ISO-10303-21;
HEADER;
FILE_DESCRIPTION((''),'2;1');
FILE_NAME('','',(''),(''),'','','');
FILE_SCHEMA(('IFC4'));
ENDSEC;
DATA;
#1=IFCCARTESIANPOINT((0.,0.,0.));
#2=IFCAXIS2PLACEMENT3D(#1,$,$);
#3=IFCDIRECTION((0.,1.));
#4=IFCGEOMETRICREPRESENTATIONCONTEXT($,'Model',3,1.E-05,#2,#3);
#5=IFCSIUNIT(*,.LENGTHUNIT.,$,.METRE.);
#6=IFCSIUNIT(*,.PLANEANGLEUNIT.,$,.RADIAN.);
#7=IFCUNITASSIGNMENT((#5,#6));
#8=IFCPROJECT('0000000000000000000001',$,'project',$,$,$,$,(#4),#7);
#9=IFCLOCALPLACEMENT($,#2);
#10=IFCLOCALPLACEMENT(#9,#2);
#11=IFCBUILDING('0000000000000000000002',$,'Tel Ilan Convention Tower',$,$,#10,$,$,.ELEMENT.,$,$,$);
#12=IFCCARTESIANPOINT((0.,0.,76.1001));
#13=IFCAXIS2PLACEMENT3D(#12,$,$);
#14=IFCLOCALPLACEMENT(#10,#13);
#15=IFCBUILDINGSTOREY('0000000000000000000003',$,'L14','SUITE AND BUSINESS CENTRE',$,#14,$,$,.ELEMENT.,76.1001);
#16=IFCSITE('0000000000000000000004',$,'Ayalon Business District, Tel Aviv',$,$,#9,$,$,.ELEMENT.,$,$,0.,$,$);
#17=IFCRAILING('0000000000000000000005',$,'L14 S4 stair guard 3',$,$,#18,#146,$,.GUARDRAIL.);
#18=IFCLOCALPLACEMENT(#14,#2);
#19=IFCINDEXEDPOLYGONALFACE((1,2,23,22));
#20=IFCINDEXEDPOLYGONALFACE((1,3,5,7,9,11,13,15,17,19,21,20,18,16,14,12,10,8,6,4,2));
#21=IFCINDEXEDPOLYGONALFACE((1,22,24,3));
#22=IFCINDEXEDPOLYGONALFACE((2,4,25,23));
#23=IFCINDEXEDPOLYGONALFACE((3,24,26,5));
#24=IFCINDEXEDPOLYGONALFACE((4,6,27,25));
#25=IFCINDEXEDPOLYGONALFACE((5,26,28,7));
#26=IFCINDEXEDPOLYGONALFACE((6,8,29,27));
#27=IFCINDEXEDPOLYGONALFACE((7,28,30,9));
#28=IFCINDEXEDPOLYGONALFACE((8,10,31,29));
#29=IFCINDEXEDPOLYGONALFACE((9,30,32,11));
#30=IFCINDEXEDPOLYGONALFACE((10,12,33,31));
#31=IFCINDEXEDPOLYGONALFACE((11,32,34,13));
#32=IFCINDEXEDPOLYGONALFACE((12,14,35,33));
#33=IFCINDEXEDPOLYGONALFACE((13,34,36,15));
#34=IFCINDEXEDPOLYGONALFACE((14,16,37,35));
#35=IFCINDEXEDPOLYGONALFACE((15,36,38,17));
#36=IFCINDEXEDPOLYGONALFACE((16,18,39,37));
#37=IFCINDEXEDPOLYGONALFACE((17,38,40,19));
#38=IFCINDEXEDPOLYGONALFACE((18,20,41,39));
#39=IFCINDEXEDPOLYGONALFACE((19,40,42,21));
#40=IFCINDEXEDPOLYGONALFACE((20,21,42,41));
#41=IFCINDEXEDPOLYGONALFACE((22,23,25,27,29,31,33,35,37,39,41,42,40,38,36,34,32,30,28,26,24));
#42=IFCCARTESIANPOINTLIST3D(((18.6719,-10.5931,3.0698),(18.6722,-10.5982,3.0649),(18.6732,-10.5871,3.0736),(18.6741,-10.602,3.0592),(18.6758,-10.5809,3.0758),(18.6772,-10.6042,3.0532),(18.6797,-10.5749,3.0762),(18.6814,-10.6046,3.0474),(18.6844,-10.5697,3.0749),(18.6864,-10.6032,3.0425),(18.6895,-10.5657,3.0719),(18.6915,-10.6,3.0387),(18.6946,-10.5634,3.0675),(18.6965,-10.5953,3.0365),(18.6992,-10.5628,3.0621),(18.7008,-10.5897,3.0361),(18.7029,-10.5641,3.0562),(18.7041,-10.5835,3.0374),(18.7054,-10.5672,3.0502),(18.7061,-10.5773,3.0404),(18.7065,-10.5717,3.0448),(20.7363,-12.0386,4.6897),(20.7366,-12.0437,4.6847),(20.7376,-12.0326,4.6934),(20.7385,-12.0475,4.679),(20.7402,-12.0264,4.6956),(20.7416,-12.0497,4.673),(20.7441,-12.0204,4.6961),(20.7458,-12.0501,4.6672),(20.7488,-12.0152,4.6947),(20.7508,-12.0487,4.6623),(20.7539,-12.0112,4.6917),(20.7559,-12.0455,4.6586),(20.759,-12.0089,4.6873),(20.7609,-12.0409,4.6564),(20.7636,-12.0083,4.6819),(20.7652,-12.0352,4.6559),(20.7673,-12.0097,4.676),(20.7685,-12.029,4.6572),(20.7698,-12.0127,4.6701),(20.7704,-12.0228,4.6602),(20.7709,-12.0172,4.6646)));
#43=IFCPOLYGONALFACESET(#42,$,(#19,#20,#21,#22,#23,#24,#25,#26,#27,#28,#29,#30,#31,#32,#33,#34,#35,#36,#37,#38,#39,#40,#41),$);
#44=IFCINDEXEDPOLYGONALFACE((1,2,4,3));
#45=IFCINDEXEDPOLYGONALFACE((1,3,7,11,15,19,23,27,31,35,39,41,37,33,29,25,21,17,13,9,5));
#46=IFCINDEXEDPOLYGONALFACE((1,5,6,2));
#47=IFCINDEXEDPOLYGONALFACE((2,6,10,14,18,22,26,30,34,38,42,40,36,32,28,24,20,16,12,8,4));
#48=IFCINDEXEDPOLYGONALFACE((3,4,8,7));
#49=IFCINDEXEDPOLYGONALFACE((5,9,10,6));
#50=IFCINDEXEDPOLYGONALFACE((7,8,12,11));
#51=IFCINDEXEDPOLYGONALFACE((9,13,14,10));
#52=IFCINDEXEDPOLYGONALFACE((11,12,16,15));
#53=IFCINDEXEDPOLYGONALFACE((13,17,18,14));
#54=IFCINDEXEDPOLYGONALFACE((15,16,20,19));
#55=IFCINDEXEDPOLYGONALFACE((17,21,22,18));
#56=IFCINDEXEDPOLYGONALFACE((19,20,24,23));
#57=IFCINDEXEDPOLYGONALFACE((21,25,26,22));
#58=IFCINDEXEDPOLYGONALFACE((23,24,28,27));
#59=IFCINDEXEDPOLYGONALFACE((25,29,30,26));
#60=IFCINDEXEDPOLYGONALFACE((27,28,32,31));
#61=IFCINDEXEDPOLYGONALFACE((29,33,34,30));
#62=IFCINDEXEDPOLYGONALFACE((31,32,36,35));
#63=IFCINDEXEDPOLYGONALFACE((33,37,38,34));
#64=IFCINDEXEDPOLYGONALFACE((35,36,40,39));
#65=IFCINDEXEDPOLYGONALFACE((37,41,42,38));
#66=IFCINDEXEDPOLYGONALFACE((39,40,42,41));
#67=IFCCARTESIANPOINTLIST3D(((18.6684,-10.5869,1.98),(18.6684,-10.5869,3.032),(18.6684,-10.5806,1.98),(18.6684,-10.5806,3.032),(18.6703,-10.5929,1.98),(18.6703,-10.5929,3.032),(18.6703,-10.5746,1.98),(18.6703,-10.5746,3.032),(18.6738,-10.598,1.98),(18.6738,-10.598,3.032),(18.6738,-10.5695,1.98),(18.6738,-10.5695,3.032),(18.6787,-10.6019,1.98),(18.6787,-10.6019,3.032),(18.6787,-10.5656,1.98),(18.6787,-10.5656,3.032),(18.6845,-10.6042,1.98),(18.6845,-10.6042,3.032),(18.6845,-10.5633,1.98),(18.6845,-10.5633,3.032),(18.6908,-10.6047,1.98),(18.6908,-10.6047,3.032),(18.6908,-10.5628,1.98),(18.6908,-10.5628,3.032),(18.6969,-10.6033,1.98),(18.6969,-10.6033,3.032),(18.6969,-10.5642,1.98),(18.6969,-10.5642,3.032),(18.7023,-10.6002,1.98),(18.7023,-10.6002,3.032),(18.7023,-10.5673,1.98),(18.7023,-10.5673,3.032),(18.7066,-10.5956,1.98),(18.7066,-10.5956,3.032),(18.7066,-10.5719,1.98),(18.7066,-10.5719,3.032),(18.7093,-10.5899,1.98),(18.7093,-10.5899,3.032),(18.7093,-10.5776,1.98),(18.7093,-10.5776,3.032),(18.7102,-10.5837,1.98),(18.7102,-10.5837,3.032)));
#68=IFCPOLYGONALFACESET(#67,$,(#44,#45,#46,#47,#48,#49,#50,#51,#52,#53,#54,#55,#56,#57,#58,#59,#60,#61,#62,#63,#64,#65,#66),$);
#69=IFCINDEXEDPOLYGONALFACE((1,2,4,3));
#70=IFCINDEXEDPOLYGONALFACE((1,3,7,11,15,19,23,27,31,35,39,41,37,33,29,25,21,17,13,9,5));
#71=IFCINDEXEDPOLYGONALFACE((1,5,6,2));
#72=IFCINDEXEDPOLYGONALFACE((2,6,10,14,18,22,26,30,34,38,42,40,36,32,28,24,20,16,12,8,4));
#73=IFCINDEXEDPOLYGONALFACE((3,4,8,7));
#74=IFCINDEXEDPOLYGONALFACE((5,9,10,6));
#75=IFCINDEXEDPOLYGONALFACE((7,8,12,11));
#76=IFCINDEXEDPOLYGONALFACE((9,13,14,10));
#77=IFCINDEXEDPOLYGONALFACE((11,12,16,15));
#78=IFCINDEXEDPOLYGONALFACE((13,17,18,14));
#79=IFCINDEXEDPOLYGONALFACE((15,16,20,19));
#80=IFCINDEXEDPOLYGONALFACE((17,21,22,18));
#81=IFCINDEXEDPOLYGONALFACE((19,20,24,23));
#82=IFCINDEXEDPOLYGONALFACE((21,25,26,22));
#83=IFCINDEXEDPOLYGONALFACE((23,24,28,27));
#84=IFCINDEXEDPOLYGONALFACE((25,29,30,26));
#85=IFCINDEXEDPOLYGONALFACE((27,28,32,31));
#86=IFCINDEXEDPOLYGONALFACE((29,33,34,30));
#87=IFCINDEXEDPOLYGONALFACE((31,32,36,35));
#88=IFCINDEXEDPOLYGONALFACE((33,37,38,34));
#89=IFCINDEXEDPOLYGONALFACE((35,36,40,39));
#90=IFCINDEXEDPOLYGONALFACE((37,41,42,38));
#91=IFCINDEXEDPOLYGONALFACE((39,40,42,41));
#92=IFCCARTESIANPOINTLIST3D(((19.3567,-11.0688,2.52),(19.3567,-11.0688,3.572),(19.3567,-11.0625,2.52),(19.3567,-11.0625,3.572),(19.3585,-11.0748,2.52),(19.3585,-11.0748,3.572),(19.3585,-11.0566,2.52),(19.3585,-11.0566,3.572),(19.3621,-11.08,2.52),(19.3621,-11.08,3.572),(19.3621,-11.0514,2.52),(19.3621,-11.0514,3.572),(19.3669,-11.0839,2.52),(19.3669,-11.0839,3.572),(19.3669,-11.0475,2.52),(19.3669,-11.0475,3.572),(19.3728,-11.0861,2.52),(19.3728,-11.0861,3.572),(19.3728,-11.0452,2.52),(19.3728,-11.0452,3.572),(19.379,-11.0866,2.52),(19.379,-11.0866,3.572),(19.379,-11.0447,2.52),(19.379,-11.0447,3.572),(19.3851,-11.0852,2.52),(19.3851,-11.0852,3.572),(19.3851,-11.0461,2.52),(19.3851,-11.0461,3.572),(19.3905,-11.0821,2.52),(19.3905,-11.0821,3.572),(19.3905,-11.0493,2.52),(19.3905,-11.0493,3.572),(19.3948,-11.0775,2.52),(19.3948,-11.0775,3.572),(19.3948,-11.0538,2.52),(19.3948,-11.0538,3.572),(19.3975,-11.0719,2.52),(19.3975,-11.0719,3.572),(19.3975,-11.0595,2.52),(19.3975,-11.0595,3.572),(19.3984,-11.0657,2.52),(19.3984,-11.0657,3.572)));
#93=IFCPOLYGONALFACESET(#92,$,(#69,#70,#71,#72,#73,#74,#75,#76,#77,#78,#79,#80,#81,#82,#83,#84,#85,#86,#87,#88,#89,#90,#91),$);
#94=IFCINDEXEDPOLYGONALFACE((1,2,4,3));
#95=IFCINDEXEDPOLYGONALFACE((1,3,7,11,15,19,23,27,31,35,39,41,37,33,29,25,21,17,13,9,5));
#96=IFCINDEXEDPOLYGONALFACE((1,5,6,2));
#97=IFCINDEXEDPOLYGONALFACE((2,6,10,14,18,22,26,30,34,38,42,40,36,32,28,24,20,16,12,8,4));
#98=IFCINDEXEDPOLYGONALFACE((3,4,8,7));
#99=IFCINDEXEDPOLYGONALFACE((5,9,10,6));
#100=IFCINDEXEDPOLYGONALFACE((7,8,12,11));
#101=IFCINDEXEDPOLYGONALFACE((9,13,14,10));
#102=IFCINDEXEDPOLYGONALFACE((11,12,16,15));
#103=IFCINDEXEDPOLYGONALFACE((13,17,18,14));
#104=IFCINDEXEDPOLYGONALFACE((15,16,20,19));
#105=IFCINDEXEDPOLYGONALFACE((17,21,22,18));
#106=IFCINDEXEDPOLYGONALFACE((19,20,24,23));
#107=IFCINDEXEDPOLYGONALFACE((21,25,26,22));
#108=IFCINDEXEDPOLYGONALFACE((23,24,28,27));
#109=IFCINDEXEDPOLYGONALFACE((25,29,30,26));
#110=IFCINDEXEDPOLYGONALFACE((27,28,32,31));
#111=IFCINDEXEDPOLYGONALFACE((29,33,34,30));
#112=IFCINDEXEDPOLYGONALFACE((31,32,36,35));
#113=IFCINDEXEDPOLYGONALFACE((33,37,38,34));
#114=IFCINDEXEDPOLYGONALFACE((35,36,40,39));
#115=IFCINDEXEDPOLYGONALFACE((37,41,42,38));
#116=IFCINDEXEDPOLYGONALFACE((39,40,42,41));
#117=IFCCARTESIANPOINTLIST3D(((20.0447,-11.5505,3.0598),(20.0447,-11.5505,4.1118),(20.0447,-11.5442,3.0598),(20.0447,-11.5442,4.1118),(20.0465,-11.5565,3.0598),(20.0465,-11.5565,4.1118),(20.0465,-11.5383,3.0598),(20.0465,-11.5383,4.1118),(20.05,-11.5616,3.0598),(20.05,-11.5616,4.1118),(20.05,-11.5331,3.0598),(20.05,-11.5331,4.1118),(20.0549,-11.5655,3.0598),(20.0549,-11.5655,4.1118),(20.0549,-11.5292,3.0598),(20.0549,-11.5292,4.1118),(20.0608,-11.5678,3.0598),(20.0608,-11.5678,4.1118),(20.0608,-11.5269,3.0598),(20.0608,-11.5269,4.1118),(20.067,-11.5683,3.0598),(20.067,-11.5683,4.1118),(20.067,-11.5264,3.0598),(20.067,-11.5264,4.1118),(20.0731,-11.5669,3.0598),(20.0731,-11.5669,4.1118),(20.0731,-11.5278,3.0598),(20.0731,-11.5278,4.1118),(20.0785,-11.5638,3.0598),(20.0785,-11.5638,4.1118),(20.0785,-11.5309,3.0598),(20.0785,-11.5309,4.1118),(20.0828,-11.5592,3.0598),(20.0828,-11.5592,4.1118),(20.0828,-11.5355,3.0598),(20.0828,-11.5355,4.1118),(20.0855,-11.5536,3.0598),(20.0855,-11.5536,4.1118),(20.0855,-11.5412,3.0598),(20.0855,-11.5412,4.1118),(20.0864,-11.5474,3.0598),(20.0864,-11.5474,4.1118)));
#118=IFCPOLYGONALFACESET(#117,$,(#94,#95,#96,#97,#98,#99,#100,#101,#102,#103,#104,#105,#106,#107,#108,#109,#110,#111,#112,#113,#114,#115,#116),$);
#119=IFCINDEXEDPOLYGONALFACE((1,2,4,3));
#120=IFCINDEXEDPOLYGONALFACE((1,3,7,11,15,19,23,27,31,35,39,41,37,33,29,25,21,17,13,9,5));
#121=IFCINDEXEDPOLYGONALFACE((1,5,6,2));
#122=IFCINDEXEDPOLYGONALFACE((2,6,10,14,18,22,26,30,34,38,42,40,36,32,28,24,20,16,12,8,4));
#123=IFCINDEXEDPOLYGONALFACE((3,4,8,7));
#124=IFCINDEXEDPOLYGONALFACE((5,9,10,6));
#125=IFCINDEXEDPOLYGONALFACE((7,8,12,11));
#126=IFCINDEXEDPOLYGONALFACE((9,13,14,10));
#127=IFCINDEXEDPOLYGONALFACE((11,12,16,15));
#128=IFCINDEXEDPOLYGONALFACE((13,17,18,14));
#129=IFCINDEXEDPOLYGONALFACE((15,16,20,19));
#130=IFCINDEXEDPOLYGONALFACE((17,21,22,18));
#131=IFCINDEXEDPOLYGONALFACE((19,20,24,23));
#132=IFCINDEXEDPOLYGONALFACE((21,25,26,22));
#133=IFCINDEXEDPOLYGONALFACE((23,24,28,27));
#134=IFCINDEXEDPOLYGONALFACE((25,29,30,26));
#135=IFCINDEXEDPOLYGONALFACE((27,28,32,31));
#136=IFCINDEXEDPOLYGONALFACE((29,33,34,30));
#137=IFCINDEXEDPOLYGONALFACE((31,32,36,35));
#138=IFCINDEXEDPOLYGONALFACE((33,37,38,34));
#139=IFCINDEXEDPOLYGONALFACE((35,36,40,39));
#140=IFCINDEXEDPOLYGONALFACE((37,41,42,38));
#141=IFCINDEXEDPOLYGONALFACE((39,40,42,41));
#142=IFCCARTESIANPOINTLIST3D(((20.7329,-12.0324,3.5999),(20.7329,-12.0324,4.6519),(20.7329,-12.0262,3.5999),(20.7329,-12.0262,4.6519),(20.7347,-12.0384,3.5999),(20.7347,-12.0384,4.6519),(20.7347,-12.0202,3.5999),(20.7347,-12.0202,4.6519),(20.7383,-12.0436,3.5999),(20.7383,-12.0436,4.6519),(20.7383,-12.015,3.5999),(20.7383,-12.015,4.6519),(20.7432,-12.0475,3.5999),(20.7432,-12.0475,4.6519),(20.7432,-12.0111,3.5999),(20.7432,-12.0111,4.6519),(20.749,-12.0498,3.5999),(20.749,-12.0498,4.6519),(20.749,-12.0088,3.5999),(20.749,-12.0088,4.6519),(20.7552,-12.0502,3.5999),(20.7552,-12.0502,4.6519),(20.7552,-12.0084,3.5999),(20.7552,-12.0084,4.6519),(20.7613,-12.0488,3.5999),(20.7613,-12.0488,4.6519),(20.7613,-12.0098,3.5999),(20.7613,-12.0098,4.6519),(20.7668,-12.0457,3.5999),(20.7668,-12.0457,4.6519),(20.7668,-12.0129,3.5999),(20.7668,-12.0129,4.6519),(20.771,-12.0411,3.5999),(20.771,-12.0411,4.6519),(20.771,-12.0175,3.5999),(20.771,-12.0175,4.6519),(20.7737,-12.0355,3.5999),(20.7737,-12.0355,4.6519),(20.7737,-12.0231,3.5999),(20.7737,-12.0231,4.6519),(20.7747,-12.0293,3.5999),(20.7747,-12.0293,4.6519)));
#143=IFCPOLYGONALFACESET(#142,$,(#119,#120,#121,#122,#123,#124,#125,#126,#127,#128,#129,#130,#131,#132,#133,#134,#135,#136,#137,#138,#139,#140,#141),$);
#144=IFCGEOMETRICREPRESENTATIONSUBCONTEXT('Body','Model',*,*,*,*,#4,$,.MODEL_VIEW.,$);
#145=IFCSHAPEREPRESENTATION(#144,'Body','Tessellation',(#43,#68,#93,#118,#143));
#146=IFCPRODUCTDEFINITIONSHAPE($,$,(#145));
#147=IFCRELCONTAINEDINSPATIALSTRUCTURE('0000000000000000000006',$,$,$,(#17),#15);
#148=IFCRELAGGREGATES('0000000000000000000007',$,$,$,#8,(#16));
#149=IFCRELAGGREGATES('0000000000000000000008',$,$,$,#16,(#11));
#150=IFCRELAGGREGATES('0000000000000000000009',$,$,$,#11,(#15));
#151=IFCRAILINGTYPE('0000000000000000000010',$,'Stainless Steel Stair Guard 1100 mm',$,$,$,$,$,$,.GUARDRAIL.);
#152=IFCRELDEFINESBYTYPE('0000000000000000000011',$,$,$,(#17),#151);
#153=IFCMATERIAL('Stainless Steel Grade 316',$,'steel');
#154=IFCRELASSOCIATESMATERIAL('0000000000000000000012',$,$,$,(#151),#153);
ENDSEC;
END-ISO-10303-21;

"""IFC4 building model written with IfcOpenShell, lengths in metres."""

from ifc_helpers import new_model, si_unit, direction, frame, origin, origin_2d, place, context, subcontext, project, spatial, circle, extrude, material, type_object, element, save


model = new_model("IFC4")

# Units and contexts
model_context = context("Model", 3, precision=1e-05, world=origin(), true_north=direction((0.0, 1.0)))
body_context = subcontext(model_context, "Body", "Model", "MODEL_VIEW")
ifc_project = project(units=[si_unit("LENGTHUNIT", "METRE"), si_unit("PLANEANGLEUNIT", "RADIAN")], contexts=[model_context])

# Site, building, storey
site_placement = place(None, origin())
site = spatial("IfcSite", under=ifc_project, at=site_placement, Name="Ayalon Business District, Tel Aviv", CompositionType="ELEMENT", RefElevation=0.0)
building_placement = place(site_placement, origin())
building = spatial("IfcBuilding", under=site, at=building_placement, Name="Tel Ilan Convention Tower", CompositionType="ELEMENT")
storey_placement = place(building_placement, frame((0.0, 0.0, 76.1001)))
storey = spatial("IfcBuildingStorey", under=building, at=storey_placement, Name="L14", Description="SUITE AND BUSINESS CENTRE", CompositionType="ELEMENT", Elevation=76.1001)

# Railing
ifc_material_1 = material(Name="Stainless Steel Grade 316", Category="steel")
railing_type_1 = type_object("IfcRailingType", Name="Stainless Steel Stair Guard 1100 mm", PredefinedType="GUARDRAIL", material=ifc_material_1)
railing_1_placement = place(storey_placement, frame((18.6892, -10.5837, 1.98)))
element("IfcRailing", 1, at=railing_1_placement, inside=storey, type_object=railing_type_1, Name="L14 S4 stair guard 3", PredefinedType="GUARDRAIL", context=body_context, shape_type="SweptSolid", body=[
    extrude(circle(Radius=0.0239, at=origin_2d()), frame((0.0, 0.0, 1.0762), z_axis=(0.689086, -0.482507, 0.540691), x_axis=(0.573579, 0.81915, 0.0)), (0.0, 0.0, 1.0), 2.9958),
    extrude(circle(Radius=0.021, at=origin_2d()), origin(), (0.0, 0.0, 1.0), 1.052),
    extrude(circle(Radius=0.021, at=origin_2d()), frame((0.6882, -0.4819, 0.54)), (0.0, 0.0, 1.0), 1.052),
    extrude(circle(Radius=0.021, at=origin_2d()), frame((1.3762, -0.9636, 1.0798)), (0.0, 0.0, 1.0), 1.052),
    extrude(circle(Radius=0.021, at=origin_2d()), frame((2.0645, -1.4456, 1.6199)), (0.0, 0.0, 1.0), 1.052),
])

save(model, "model.ifc")
